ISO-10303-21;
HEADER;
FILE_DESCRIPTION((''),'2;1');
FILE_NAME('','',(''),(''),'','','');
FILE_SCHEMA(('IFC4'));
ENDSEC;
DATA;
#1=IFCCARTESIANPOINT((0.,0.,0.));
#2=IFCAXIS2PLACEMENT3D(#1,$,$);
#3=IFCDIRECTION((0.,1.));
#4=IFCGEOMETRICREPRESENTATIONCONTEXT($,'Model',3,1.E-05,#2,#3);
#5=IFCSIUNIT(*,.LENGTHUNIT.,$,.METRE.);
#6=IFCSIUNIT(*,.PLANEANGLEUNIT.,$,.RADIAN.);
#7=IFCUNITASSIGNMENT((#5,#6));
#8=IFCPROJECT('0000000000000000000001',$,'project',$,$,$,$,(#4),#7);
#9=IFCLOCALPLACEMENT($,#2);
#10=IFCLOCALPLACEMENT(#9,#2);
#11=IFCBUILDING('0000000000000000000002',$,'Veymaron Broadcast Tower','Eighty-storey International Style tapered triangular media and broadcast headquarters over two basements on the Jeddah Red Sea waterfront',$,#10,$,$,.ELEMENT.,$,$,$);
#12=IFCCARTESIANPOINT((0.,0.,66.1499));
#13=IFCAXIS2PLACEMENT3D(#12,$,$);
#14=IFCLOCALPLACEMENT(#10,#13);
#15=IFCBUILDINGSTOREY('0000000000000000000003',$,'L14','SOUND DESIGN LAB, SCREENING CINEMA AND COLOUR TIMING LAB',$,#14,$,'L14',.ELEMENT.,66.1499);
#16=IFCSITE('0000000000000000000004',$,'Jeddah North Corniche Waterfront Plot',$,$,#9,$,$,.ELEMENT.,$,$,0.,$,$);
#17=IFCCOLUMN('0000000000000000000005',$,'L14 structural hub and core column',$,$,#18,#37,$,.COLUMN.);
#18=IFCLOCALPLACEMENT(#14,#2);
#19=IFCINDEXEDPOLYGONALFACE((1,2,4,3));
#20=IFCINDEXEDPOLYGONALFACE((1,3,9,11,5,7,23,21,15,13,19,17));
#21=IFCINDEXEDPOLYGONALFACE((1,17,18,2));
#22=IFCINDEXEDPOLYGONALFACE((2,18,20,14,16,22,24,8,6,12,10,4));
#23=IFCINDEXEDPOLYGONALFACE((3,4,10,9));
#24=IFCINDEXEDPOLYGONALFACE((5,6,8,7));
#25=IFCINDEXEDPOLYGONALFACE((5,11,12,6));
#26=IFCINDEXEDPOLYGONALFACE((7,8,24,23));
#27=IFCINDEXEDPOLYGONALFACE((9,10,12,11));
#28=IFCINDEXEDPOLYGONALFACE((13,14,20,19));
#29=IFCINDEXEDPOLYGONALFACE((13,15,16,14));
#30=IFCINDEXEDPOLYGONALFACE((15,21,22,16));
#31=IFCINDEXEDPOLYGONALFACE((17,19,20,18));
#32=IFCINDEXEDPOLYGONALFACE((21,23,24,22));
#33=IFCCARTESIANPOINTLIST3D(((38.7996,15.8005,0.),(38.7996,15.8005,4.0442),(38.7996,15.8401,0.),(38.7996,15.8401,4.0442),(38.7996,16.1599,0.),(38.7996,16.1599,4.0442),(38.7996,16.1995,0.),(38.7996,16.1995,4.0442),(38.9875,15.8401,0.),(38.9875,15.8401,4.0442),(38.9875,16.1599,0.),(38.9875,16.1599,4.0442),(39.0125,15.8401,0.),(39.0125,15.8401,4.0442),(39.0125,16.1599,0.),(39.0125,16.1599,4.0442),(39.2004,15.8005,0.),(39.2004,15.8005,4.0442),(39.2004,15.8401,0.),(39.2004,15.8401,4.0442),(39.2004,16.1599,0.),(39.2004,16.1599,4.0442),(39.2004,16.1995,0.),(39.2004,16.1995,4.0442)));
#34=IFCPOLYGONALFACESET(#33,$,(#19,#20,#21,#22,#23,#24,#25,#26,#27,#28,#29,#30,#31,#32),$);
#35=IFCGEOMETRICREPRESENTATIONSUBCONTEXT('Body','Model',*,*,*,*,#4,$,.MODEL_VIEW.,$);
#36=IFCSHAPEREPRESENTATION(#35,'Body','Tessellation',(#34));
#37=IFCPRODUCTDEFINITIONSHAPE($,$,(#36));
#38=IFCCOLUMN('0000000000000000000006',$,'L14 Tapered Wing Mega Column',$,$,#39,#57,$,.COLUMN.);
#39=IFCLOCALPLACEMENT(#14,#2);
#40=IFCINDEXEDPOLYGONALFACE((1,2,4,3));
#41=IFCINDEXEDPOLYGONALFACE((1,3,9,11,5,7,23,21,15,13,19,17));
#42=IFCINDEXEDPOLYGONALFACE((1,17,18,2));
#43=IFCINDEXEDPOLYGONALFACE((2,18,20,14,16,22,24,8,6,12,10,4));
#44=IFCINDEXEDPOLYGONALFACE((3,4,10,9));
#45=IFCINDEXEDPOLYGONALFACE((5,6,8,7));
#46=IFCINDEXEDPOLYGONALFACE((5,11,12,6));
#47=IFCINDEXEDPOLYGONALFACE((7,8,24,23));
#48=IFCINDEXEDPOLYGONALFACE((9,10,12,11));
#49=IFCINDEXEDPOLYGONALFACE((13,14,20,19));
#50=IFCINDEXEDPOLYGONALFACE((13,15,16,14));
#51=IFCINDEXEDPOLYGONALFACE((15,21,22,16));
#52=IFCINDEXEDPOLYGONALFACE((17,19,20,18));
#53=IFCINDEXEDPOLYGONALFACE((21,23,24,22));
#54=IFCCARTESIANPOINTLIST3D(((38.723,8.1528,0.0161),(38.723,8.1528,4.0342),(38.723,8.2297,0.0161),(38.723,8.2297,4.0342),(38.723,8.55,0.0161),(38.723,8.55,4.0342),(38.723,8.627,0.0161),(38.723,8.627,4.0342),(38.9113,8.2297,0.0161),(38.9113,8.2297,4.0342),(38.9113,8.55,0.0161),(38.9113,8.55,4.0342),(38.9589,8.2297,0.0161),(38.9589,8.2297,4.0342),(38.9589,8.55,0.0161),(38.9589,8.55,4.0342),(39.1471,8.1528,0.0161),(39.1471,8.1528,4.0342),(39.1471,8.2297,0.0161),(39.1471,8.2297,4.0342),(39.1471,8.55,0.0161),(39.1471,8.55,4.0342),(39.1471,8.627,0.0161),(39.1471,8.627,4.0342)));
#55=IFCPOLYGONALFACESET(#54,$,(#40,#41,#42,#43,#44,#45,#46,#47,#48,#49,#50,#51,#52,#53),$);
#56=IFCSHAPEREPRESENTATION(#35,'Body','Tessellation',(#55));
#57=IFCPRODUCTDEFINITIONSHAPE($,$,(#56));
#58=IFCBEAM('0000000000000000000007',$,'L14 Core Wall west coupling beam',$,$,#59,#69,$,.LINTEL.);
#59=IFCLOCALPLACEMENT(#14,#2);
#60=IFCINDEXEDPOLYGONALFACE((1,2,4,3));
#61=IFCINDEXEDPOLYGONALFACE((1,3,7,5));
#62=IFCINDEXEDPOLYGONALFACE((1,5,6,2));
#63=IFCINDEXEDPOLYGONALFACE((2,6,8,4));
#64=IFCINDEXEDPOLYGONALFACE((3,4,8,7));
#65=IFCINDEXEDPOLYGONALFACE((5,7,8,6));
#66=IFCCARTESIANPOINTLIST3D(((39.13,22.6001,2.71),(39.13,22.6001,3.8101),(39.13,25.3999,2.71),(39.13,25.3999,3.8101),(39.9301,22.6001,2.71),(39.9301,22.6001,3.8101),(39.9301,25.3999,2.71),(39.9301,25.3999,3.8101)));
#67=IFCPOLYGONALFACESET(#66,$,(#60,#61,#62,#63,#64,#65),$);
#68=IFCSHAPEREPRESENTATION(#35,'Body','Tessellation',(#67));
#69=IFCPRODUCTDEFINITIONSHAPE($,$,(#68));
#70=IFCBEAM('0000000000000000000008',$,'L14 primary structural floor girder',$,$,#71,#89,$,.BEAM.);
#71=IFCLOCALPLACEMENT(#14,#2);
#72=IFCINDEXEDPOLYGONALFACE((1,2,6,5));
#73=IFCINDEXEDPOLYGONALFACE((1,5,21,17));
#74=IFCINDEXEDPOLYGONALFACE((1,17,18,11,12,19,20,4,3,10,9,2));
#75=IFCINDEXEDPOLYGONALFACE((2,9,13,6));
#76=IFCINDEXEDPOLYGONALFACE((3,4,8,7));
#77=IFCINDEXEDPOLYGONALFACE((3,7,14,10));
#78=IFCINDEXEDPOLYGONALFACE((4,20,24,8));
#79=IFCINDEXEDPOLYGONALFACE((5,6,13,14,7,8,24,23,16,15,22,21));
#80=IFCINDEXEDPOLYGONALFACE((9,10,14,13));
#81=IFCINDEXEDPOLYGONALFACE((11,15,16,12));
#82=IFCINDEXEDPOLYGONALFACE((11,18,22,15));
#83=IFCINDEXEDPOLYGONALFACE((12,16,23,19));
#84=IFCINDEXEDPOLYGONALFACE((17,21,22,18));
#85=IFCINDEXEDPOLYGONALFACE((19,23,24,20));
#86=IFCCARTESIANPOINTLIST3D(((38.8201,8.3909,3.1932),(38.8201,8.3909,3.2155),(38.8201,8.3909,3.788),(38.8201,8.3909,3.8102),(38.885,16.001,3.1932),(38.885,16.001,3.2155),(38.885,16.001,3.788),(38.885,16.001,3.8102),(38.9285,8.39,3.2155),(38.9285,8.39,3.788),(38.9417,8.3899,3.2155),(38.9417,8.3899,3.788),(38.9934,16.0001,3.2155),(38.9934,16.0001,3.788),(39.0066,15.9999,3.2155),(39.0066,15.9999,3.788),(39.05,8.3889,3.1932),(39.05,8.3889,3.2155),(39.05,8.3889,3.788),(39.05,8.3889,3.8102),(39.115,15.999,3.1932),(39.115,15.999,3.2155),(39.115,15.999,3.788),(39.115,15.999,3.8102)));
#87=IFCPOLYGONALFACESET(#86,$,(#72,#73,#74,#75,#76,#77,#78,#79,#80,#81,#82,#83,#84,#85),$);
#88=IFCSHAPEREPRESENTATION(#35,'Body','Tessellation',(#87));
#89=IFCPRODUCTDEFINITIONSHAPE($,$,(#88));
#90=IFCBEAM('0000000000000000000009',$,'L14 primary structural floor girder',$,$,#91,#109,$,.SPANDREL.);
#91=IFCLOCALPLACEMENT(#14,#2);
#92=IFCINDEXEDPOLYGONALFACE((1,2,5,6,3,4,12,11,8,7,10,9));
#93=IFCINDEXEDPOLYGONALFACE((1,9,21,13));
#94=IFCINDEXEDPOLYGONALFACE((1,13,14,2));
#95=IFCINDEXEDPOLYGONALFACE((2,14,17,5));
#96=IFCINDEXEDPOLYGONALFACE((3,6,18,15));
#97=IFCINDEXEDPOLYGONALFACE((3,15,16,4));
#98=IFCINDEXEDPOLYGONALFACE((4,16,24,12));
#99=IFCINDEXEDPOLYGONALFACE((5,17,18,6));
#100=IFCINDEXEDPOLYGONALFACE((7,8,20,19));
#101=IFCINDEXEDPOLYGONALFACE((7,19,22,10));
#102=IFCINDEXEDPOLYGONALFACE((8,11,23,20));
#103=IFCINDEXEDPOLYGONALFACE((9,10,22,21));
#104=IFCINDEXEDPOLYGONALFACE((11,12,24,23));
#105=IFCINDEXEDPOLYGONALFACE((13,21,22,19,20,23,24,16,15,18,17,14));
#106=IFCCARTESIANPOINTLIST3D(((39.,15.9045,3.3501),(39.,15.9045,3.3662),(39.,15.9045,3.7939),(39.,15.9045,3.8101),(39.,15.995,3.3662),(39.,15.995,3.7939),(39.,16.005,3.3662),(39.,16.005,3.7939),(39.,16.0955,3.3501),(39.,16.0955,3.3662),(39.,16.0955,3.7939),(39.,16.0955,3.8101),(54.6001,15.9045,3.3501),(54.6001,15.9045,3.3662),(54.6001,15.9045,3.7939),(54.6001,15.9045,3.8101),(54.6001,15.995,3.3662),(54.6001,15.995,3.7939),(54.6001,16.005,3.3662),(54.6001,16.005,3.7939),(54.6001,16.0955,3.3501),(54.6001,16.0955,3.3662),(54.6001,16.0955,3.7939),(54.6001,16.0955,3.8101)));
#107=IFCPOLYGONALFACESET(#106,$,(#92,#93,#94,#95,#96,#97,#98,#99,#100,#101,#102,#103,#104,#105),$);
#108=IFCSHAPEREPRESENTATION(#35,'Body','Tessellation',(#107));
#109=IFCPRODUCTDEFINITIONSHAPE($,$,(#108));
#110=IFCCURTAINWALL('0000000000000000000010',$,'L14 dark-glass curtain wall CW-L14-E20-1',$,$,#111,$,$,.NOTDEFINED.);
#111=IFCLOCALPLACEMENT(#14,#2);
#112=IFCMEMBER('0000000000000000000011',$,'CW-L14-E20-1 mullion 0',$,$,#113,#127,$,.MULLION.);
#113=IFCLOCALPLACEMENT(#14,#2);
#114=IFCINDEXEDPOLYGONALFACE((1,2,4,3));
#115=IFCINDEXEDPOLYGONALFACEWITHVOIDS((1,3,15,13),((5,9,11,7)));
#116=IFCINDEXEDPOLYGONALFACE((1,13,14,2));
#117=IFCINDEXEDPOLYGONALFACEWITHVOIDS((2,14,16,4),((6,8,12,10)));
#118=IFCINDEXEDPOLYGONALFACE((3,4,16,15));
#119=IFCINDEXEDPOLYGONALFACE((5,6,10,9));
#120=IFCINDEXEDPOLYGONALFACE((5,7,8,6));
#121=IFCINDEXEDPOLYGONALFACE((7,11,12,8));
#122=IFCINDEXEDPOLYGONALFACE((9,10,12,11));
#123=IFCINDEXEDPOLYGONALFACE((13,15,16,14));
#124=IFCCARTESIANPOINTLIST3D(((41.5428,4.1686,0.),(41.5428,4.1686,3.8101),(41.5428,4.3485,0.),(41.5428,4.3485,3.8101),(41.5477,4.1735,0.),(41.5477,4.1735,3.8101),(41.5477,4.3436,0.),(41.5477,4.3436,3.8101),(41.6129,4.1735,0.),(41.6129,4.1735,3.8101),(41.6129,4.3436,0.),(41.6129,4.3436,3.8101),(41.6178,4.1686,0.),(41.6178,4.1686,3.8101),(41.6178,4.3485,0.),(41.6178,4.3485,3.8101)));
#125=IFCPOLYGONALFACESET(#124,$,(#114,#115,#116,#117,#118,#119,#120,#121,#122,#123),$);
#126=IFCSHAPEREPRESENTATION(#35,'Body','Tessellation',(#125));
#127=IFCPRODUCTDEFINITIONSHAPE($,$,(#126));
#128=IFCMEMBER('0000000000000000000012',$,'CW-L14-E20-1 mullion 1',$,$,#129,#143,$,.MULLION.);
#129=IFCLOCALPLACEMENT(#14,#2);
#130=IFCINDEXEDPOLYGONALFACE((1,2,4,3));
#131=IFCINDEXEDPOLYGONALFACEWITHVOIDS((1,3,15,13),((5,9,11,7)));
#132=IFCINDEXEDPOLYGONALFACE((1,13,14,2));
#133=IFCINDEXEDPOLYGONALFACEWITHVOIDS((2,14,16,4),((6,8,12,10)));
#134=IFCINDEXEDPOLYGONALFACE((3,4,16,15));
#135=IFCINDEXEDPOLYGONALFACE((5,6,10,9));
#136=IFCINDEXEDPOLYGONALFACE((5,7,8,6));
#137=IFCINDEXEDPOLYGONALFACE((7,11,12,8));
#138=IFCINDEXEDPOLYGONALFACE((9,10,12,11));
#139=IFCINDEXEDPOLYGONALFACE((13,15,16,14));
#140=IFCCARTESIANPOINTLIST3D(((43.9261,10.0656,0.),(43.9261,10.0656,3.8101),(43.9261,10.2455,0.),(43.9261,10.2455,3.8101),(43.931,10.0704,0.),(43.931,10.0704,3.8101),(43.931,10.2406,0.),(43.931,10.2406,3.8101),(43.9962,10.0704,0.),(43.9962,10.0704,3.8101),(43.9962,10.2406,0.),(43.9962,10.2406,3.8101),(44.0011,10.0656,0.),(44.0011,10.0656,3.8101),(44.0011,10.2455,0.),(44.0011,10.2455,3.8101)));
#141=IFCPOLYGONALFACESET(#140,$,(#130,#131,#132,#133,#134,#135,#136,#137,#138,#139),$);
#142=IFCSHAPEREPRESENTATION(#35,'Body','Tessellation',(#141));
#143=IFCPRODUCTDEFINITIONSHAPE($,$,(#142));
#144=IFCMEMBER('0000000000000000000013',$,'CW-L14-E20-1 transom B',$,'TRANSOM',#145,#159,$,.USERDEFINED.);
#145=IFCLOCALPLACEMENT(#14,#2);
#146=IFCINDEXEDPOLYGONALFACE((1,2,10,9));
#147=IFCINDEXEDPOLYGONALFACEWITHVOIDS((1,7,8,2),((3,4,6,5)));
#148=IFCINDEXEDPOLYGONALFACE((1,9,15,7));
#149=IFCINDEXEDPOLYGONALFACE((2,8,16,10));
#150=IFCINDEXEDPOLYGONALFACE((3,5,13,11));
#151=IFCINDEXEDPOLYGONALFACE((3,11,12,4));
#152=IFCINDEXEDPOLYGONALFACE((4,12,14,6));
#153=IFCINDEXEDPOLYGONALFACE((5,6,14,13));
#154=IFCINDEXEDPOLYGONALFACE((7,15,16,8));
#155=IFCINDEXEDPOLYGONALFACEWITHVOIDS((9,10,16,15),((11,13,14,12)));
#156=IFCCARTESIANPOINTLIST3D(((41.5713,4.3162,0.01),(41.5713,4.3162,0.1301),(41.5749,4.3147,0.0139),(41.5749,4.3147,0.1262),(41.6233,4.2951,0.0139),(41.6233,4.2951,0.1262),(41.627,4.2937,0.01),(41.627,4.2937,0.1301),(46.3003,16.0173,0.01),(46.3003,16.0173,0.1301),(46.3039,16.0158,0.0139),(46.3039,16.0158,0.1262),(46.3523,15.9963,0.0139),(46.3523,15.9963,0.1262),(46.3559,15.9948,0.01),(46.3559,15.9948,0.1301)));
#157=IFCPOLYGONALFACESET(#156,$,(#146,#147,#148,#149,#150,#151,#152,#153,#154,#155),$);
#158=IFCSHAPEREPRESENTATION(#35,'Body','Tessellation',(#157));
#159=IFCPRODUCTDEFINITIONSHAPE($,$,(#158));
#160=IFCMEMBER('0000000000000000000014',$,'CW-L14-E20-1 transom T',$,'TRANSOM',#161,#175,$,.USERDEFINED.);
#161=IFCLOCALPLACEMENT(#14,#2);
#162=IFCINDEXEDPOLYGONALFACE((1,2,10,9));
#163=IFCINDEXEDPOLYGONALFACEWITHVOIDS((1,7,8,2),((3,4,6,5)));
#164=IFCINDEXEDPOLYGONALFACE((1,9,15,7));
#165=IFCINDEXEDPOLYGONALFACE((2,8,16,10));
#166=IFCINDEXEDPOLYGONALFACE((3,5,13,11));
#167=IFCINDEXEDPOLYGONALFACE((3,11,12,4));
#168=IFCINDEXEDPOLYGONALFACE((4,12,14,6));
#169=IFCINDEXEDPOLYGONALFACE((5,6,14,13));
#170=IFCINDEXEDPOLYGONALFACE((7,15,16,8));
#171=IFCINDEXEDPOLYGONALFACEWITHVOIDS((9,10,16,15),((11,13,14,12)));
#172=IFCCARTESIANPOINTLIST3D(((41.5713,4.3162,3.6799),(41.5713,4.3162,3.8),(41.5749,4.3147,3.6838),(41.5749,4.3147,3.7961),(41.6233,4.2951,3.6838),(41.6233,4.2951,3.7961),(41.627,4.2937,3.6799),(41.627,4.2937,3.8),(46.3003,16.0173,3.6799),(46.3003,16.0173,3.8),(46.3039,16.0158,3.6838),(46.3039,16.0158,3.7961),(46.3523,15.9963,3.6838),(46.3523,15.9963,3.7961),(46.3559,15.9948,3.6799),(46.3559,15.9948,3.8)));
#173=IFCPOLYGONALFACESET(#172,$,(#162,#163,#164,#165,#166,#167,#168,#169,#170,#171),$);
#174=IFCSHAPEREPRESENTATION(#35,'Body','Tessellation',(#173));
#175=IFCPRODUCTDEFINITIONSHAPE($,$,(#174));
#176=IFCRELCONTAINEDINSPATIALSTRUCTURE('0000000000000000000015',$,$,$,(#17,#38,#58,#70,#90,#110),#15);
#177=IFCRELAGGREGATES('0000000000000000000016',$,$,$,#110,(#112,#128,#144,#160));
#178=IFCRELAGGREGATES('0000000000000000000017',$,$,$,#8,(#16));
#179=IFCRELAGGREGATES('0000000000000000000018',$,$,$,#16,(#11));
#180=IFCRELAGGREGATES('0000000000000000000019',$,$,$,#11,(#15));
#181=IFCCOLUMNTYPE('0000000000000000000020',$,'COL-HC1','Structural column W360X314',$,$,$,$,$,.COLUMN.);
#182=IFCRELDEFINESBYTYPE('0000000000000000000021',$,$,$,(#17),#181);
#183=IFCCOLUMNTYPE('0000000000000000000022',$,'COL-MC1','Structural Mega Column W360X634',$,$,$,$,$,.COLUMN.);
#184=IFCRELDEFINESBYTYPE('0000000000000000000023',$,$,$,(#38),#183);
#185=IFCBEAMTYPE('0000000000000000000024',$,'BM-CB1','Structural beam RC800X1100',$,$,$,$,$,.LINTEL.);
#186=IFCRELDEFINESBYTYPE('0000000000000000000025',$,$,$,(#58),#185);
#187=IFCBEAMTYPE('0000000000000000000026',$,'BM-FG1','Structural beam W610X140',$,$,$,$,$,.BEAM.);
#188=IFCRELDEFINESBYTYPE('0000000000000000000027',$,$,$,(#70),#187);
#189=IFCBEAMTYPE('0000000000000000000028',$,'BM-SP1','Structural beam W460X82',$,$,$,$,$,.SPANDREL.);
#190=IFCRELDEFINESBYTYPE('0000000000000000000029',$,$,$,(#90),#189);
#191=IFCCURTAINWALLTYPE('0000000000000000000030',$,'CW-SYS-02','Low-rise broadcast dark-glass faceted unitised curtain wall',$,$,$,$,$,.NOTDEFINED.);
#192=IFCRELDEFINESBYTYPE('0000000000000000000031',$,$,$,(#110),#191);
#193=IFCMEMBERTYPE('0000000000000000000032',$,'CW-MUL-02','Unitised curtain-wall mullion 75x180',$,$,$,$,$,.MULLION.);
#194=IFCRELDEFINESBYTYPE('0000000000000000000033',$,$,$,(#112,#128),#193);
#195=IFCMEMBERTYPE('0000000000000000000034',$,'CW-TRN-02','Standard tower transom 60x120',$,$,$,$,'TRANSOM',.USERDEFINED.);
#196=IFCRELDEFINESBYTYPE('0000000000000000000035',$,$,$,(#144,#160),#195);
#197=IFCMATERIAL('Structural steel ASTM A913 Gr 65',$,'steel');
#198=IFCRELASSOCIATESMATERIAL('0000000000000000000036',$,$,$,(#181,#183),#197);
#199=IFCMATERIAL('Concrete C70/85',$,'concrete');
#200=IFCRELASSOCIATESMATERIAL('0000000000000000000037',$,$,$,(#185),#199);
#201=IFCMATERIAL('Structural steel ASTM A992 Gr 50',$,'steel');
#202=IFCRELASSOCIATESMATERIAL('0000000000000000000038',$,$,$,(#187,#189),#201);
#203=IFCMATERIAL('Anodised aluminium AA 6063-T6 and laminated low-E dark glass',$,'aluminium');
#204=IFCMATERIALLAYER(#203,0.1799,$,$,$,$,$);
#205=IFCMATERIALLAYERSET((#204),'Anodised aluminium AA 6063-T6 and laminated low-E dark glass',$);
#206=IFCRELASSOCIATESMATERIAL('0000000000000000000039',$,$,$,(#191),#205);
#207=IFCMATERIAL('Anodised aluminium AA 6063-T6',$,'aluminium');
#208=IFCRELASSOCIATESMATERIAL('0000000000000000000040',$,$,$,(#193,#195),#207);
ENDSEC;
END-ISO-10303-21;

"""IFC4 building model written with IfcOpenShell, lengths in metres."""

from ifc_helpers import new_model, si_unit, direction, frame, origin, origin_2d, place, context, subcontext, project, spatial, rectangle, hollow_rectangle, i_section, extrude, material, layer, layer_set, material_profile, profile_set, type_object, element, aggregate, save


model = new_model("IFC4")

# Units and contexts
model_context = context("Model", 3, precision=1e-05, world=origin(), true_north=direction((0.0, 1.0)))
body_context = subcontext(model_context, "Body", "Model", "MODEL_VIEW")
ifc_project = project(units=[si_unit("LENGTHUNIT", "METRE"), si_unit("PLANEANGLEUNIT", "RADIAN")], contexts=[model_context])

# Site, building, storey
site_placement = place(None, origin())
site = spatial("IfcSite", under=ifc_project, at=site_placement, Name="Jeddah North Corniche Waterfront Plot", CompositionType="ELEMENT", RefElevation=0.0)
building_placement = place(site_placement, origin())
building = spatial("IfcBuilding", under=site, at=building_placement, Name="Veymaron Broadcast Tower", Description="Eighty-storey International Style tapered triangular media and broadcast headquarters over two basements on the Jeddah Red Sea waterfront", CompositionType="ELEMENT")
storey_placement = place(building_placement, frame((0.0, 0.0, 66.1499)))
storey = spatial("IfcBuildingStorey", under=building, at=storey_placement, Name="L14", Description="SOUND DESIGN LAB, SCREENING CINEMA AND COLOUR TIMING LAB", LongName="L14", CompositionType="ELEMENT", Elevation=66.1499)

# Columns
ifc_material_1 = material(Name="Structural steel ASTM A913 Gr 65", Category="steel")
ifc_material_profile_1 = material_profile(ifc_material_1, i_section(OverallWidth=0.4009, OverallDepth=0.3989, WebThickness=0.0249, FlangeThickness=0.0396, at=origin_2d()), Name="W360X314")
ifc_profile_set_1 = profile_set([ifc_material_profile_1], Name="Structural steel ASTM A913 Gr 65")
column_type_1 = type_object("IfcColumnType", Name="COL-HC1", Description="Structural column W360X314", PredefinedType="COLUMN", material=ifc_profile_set_1)
column_1_placement = place(storey_placement, frame((39.0, 16.0, 0.0), z_axis=(0.0, 0.0, 1.0), x_axis=(1.0, 0.0, 0.0)))
element("IfcColumn", 1, at=column_1_placement, inside=storey, type_object=column_type_1, Name="L14 structural hub and core column", PredefinedType="COLUMN", context=body_context, shape_type="SweptSolid", body=[
    extrude(i_section(OverallWidth=0.4009, OverallDepth=0.3989, WebThickness=0.0249, FlangeThickness=0.0396, at=origin_2d()), origin(), (0.0, 0.0, 1.0), 4.0442),
])
ifc_material_profile_2 = material_profile(ifc_material_1, i_section(OverallWidth=0.4241, OverallDepth=0.4741, WebThickness=0.0476, FlangeThickness=0.0769, at=origin_2d()), Name="W360X634")
ifc_profile_set_2 = profile_set([ifc_material_profile_2], Name="Structural steel ASTM A913 Gr 65")
column_type_2 = type_object("IfcColumnType", Name="COL-MC1", Description="Structural Mega Column W360X634", PredefinedType="COLUMN", material=ifc_profile_set_2)
column_2_placement = place(storey_placement, frame((38.9351, 8.3899, 0.0161), z_axis=(0.0, 0.0, 1.0), x_axis=(1.0, 0.0, 0.0)))
element("IfcColumn", 2, at=column_2_placement, inside=storey, type_object=column_type_2, Name="L14 Tapered Wing Mega Column", PredefinedType="COLUMN", context=body_context, shape_type="SweptSolid", body=[
    extrude(i_section(OverallWidth=0.4241, OverallDepth=0.4741, WebThickness=0.0476, FlangeThickness=0.0769, at=origin_2d()), origin(), (0.0, 0.0, 1.0), 4.0181),
])

# Beams
ifc_material_2 = material(Name="Concrete C70/85", Category="concrete")
ifc_material_profile_3 = material_profile(ifc_material_2, rectangle(XDim=0.8, YDim=1.1001, at=origin_2d()), Name="RC800X1100")
ifc_profile_set_3 = profile_set([ifc_material_profile_3], Name="Concrete C70/85")
beam_type_1 = type_object("IfcBeamType", Name="BM-CB1", Description="Structural beam RC800X1100", PredefinedType="LINTEL", material=ifc_profile_set_3)
beam_1_placement = place(storey_placement, frame((39.53, 22.6001, 3.26), z_axis=(0.0, 1.0, 0.0), x_axis=(-1.0, 0.0, 0.0)))
element("IfcBeam", 3, at=beam_1_placement, inside=storey, type_object=beam_type_1, Name="L14 Core Wall west coupling beam", PredefinedType="LINTEL", context=body_context, shape_type="SweptSolid", body=[
    extrude(rectangle(XDim=0.8, YDim=1.1001, at=origin_2d()), origin(), (0.0, 0.0, 1.0), 2.7998),
])
ifc_material_3 = material(Name="Structural steel ASTM A992 Gr 50", Category="steel")
ifc_material_profile_4 = material_profile(ifc_material_3, i_section(OverallWidth=0.23, OverallDepth=0.6169, WebThickness=0.0132, FlangeThickness=0.0222, at=origin_2d()), Name="W610X140")
ifc_profile_set_4 = profile_set([ifc_material_profile_4], Name="Structural steel ASTM A992 Gr 50")
beam_type_2 = type_object("IfcBeamType", Name="BM-FG1", Description="Structural beam W610X140", PredefinedType="BEAM", material=ifc_profile_set_4)
beam_2_placement = place(storey_placement, frame((39.0, 16.0, 3.5017), z_axis=(-0.008533, -0.999964, 0.0), x_axis=(0.999964, -0.008533, 0.0)))
element("IfcBeam", 4, at=beam_2_placement, inside=storey, type_object=beam_type_2, Name="L14 primary structural floor girder", PredefinedType="BEAM", context=body_context, shape_type="SweptSolid", body=[
    extrude(i_section(OverallWidth=0.23, OverallDepth=0.6169, WebThickness=0.0132, FlangeThickness=0.0222, at=origin_2d()), origin(), (0.0, 0.0, 1.0), 7.6104),
])
ifc_material_profile_5 = material_profile(ifc_material_3, i_section(OverallWidth=0.1909, OverallDepth=0.46, WebThickness=0.01, FlangeThickness=0.0161, at=origin_2d()), Name="W460X82")
ifc_profile_set_5 = profile_set([ifc_material_profile_5], Name="Structural steel ASTM A992 Gr 50")
beam_type_3 = type_object("IfcBeamType", Name="BM-SP1", Description="Structural beam W460X82", PredefinedType="SPANDREL", material=ifc_profile_set_5)
beam_3_placement = place(storey_placement, frame((39.0, 16.0, 3.5801), z_axis=(1.0, 0.0, 0.0), x_axis=(0.0, 1.0, 0.0)))
element("IfcBeam", 5, at=beam_3_placement, inside=storey, type_object=beam_type_3, Name="L14 primary structural floor girder", PredefinedType="SPANDREL", context=body_context, shape_type="SweptSolid", body=[
    extrude(i_section(OverallWidth=0.1909, OverallDepth=0.46, WebThickness=0.01, FlangeThickness=0.0161, at=origin_2d()), origin(), (0.0, 0.0, 1.0), 15.6001),
])

# Curtain wall, members
ifc_material_4 = material(Name="Anodised aluminium AA 6063-T6 and laminated low-E dark glass", Category="aluminium")
ifc_layer_1 = layer(ifc_material_4, 0.1799)
ifc_layer_set_1 = layer_set([ifc_layer_1], Name="Anodised aluminium AA 6063-T6 and laminated low-E dark glass")
curtain_wall_type = type_object("IfcCurtainWallType", Name="CW-SYS-02", Description="Low-rise broadcast dark-glass faceted unitised curtain wall", PredefinedType="NOTDEFINED", material=ifc_layer_set_1)
curtain_wall_placement = place(storey_placement, origin())
curtain_wall = element("IfcCurtainWall", 6, at=curtain_wall_placement, inside=storey, type_object=curtain_wall_type, Name="L14 dark-glass curtain wall CW-L14-E20-1", PredefinedType="NOTDEFINED")
ifc_material_5 = material(Name="Anodised aluminium AA 6063-T6", Category="aluminium")
ifc_material_profile_6 = material_profile(ifc_material_5, hollow_rectangle(XDim=0.075, YDim=0.1799, WallThickness=0.0049, at=origin_2d()), Name="AL180X75X5")
ifc_profile_set_6 = profile_set([ifc_material_profile_6], Name="Anodised aluminium AA 6063-T6")
member_type_1 = type_object("IfcMemberType", Name="CW-MUL-02", Description="Unitised curtain-wall mullion 75x180", PredefinedType="MULLION", material=ifc_profile_set_6)
member_1_placement = place(storey_placement, frame((41.5803, 4.2585, 0.0), z_axis=(0.0, 0.0, 1.0), x_axis=(1.0, 0.0, 0.0)))
member_1 = element("IfcMember", 7, at=member_1_placement, type_object=member_type_1, Name="CW-L14-E20-1 mullion 0", PredefinedType="MULLION", context=body_context, shape_type="SweptSolid", body=[
    extrude(hollow_rectangle(XDim=0.075, YDim=0.1799, WallThickness=0.0049, at=origin_2d()), origin(), (0.0, 0.0, 1.0), 3.8101),
])
member_2_placement = place(storey_placement, frame((43.9636, 10.1555, 0.0), z_axis=(0.0, 0.0, 1.0), x_axis=(1.0, 0.0, 0.0)))
member_2 = element("IfcMember", 8, at=member_2_placement, type_object=member_type_1, Name="CW-L14-E20-1 mullion 1", PredefinedType="MULLION", context=body_context, shape_type="SweptSolid", body=[
    extrude(hollow_rectangle(XDim=0.075, YDim=0.1799, WallThickness=0.0049, at=origin_2d()), origin(), (0.0, 0.0, 1.0), 3.8101),
])
ifc_material_profile_7 = material_profile(ifc_material_5, hollow_rectangle(XDim=0.0601, YDim=0.1201, WallThickness=0.0039, at=origin_2d()), Name="AL120X60X4")
ifc_profile_set_7 = profile_set([ifc_material_profile_7], Name="Anodised aluminium AA 6063-T6")
member_type_2 = type_object("IfcMemberType", Name="CW-TRN-02", Description="Standard tower transom 60x120", ElementType="TRANSOM", PredefinedType="USERDEFINED", material=ifc_profile_set_7)
member_3_placement = place(storey_placement, frame((41.5991, 4.3049, 0.0701), z_axis=(0.374704, 0.927145, 0.0), x_axis=(-0.927145, 0.374704, 0.0)))
member_3 = element("IfcMember", 9, at=member_3_placement, type_object=member_type_2, Name="CW-L14-E20-1 transom B", ObjectType="TRANSOM", PredefinedType="USERDEFINED", context=body_context, shape_type="SweptSolid", body=[
    extrude(hollow_rectangle(XDim=0.0601, YDim=0.1201, WallThickness=0.0039, at=origin_2d()), origin(), (0.0, 0.0, 1.0), 12.6206),
])
member_4_placement = place(storey_placement, frame((41.5991, 4.3049, 3.74), z_axis=(0.374704, 0.927145, 0.0), x_axis=(-0.927145, 0.374704, 0.0)))
member_4 = element("IfcMember", 10, at=member_4_placement, type_object=member_type_2, Name="CW-L14-E20-1 transom T", ObjectType="TRANSOM", PredefinedType="USERDEFINED", context=body_context, shape_type="SweptSolid", body=[
    extrude(hollow_rectangle(XDim=0.0601, YDim=0.1201, WallThickness=0.0039, at=origin_2d()), origin(), (0.0, 0.0, 1.0), 12.6206),
])
aggregate(curtain_wall, [member_1, member_2, member_3, member_4])

save(model, "model.ifc")
